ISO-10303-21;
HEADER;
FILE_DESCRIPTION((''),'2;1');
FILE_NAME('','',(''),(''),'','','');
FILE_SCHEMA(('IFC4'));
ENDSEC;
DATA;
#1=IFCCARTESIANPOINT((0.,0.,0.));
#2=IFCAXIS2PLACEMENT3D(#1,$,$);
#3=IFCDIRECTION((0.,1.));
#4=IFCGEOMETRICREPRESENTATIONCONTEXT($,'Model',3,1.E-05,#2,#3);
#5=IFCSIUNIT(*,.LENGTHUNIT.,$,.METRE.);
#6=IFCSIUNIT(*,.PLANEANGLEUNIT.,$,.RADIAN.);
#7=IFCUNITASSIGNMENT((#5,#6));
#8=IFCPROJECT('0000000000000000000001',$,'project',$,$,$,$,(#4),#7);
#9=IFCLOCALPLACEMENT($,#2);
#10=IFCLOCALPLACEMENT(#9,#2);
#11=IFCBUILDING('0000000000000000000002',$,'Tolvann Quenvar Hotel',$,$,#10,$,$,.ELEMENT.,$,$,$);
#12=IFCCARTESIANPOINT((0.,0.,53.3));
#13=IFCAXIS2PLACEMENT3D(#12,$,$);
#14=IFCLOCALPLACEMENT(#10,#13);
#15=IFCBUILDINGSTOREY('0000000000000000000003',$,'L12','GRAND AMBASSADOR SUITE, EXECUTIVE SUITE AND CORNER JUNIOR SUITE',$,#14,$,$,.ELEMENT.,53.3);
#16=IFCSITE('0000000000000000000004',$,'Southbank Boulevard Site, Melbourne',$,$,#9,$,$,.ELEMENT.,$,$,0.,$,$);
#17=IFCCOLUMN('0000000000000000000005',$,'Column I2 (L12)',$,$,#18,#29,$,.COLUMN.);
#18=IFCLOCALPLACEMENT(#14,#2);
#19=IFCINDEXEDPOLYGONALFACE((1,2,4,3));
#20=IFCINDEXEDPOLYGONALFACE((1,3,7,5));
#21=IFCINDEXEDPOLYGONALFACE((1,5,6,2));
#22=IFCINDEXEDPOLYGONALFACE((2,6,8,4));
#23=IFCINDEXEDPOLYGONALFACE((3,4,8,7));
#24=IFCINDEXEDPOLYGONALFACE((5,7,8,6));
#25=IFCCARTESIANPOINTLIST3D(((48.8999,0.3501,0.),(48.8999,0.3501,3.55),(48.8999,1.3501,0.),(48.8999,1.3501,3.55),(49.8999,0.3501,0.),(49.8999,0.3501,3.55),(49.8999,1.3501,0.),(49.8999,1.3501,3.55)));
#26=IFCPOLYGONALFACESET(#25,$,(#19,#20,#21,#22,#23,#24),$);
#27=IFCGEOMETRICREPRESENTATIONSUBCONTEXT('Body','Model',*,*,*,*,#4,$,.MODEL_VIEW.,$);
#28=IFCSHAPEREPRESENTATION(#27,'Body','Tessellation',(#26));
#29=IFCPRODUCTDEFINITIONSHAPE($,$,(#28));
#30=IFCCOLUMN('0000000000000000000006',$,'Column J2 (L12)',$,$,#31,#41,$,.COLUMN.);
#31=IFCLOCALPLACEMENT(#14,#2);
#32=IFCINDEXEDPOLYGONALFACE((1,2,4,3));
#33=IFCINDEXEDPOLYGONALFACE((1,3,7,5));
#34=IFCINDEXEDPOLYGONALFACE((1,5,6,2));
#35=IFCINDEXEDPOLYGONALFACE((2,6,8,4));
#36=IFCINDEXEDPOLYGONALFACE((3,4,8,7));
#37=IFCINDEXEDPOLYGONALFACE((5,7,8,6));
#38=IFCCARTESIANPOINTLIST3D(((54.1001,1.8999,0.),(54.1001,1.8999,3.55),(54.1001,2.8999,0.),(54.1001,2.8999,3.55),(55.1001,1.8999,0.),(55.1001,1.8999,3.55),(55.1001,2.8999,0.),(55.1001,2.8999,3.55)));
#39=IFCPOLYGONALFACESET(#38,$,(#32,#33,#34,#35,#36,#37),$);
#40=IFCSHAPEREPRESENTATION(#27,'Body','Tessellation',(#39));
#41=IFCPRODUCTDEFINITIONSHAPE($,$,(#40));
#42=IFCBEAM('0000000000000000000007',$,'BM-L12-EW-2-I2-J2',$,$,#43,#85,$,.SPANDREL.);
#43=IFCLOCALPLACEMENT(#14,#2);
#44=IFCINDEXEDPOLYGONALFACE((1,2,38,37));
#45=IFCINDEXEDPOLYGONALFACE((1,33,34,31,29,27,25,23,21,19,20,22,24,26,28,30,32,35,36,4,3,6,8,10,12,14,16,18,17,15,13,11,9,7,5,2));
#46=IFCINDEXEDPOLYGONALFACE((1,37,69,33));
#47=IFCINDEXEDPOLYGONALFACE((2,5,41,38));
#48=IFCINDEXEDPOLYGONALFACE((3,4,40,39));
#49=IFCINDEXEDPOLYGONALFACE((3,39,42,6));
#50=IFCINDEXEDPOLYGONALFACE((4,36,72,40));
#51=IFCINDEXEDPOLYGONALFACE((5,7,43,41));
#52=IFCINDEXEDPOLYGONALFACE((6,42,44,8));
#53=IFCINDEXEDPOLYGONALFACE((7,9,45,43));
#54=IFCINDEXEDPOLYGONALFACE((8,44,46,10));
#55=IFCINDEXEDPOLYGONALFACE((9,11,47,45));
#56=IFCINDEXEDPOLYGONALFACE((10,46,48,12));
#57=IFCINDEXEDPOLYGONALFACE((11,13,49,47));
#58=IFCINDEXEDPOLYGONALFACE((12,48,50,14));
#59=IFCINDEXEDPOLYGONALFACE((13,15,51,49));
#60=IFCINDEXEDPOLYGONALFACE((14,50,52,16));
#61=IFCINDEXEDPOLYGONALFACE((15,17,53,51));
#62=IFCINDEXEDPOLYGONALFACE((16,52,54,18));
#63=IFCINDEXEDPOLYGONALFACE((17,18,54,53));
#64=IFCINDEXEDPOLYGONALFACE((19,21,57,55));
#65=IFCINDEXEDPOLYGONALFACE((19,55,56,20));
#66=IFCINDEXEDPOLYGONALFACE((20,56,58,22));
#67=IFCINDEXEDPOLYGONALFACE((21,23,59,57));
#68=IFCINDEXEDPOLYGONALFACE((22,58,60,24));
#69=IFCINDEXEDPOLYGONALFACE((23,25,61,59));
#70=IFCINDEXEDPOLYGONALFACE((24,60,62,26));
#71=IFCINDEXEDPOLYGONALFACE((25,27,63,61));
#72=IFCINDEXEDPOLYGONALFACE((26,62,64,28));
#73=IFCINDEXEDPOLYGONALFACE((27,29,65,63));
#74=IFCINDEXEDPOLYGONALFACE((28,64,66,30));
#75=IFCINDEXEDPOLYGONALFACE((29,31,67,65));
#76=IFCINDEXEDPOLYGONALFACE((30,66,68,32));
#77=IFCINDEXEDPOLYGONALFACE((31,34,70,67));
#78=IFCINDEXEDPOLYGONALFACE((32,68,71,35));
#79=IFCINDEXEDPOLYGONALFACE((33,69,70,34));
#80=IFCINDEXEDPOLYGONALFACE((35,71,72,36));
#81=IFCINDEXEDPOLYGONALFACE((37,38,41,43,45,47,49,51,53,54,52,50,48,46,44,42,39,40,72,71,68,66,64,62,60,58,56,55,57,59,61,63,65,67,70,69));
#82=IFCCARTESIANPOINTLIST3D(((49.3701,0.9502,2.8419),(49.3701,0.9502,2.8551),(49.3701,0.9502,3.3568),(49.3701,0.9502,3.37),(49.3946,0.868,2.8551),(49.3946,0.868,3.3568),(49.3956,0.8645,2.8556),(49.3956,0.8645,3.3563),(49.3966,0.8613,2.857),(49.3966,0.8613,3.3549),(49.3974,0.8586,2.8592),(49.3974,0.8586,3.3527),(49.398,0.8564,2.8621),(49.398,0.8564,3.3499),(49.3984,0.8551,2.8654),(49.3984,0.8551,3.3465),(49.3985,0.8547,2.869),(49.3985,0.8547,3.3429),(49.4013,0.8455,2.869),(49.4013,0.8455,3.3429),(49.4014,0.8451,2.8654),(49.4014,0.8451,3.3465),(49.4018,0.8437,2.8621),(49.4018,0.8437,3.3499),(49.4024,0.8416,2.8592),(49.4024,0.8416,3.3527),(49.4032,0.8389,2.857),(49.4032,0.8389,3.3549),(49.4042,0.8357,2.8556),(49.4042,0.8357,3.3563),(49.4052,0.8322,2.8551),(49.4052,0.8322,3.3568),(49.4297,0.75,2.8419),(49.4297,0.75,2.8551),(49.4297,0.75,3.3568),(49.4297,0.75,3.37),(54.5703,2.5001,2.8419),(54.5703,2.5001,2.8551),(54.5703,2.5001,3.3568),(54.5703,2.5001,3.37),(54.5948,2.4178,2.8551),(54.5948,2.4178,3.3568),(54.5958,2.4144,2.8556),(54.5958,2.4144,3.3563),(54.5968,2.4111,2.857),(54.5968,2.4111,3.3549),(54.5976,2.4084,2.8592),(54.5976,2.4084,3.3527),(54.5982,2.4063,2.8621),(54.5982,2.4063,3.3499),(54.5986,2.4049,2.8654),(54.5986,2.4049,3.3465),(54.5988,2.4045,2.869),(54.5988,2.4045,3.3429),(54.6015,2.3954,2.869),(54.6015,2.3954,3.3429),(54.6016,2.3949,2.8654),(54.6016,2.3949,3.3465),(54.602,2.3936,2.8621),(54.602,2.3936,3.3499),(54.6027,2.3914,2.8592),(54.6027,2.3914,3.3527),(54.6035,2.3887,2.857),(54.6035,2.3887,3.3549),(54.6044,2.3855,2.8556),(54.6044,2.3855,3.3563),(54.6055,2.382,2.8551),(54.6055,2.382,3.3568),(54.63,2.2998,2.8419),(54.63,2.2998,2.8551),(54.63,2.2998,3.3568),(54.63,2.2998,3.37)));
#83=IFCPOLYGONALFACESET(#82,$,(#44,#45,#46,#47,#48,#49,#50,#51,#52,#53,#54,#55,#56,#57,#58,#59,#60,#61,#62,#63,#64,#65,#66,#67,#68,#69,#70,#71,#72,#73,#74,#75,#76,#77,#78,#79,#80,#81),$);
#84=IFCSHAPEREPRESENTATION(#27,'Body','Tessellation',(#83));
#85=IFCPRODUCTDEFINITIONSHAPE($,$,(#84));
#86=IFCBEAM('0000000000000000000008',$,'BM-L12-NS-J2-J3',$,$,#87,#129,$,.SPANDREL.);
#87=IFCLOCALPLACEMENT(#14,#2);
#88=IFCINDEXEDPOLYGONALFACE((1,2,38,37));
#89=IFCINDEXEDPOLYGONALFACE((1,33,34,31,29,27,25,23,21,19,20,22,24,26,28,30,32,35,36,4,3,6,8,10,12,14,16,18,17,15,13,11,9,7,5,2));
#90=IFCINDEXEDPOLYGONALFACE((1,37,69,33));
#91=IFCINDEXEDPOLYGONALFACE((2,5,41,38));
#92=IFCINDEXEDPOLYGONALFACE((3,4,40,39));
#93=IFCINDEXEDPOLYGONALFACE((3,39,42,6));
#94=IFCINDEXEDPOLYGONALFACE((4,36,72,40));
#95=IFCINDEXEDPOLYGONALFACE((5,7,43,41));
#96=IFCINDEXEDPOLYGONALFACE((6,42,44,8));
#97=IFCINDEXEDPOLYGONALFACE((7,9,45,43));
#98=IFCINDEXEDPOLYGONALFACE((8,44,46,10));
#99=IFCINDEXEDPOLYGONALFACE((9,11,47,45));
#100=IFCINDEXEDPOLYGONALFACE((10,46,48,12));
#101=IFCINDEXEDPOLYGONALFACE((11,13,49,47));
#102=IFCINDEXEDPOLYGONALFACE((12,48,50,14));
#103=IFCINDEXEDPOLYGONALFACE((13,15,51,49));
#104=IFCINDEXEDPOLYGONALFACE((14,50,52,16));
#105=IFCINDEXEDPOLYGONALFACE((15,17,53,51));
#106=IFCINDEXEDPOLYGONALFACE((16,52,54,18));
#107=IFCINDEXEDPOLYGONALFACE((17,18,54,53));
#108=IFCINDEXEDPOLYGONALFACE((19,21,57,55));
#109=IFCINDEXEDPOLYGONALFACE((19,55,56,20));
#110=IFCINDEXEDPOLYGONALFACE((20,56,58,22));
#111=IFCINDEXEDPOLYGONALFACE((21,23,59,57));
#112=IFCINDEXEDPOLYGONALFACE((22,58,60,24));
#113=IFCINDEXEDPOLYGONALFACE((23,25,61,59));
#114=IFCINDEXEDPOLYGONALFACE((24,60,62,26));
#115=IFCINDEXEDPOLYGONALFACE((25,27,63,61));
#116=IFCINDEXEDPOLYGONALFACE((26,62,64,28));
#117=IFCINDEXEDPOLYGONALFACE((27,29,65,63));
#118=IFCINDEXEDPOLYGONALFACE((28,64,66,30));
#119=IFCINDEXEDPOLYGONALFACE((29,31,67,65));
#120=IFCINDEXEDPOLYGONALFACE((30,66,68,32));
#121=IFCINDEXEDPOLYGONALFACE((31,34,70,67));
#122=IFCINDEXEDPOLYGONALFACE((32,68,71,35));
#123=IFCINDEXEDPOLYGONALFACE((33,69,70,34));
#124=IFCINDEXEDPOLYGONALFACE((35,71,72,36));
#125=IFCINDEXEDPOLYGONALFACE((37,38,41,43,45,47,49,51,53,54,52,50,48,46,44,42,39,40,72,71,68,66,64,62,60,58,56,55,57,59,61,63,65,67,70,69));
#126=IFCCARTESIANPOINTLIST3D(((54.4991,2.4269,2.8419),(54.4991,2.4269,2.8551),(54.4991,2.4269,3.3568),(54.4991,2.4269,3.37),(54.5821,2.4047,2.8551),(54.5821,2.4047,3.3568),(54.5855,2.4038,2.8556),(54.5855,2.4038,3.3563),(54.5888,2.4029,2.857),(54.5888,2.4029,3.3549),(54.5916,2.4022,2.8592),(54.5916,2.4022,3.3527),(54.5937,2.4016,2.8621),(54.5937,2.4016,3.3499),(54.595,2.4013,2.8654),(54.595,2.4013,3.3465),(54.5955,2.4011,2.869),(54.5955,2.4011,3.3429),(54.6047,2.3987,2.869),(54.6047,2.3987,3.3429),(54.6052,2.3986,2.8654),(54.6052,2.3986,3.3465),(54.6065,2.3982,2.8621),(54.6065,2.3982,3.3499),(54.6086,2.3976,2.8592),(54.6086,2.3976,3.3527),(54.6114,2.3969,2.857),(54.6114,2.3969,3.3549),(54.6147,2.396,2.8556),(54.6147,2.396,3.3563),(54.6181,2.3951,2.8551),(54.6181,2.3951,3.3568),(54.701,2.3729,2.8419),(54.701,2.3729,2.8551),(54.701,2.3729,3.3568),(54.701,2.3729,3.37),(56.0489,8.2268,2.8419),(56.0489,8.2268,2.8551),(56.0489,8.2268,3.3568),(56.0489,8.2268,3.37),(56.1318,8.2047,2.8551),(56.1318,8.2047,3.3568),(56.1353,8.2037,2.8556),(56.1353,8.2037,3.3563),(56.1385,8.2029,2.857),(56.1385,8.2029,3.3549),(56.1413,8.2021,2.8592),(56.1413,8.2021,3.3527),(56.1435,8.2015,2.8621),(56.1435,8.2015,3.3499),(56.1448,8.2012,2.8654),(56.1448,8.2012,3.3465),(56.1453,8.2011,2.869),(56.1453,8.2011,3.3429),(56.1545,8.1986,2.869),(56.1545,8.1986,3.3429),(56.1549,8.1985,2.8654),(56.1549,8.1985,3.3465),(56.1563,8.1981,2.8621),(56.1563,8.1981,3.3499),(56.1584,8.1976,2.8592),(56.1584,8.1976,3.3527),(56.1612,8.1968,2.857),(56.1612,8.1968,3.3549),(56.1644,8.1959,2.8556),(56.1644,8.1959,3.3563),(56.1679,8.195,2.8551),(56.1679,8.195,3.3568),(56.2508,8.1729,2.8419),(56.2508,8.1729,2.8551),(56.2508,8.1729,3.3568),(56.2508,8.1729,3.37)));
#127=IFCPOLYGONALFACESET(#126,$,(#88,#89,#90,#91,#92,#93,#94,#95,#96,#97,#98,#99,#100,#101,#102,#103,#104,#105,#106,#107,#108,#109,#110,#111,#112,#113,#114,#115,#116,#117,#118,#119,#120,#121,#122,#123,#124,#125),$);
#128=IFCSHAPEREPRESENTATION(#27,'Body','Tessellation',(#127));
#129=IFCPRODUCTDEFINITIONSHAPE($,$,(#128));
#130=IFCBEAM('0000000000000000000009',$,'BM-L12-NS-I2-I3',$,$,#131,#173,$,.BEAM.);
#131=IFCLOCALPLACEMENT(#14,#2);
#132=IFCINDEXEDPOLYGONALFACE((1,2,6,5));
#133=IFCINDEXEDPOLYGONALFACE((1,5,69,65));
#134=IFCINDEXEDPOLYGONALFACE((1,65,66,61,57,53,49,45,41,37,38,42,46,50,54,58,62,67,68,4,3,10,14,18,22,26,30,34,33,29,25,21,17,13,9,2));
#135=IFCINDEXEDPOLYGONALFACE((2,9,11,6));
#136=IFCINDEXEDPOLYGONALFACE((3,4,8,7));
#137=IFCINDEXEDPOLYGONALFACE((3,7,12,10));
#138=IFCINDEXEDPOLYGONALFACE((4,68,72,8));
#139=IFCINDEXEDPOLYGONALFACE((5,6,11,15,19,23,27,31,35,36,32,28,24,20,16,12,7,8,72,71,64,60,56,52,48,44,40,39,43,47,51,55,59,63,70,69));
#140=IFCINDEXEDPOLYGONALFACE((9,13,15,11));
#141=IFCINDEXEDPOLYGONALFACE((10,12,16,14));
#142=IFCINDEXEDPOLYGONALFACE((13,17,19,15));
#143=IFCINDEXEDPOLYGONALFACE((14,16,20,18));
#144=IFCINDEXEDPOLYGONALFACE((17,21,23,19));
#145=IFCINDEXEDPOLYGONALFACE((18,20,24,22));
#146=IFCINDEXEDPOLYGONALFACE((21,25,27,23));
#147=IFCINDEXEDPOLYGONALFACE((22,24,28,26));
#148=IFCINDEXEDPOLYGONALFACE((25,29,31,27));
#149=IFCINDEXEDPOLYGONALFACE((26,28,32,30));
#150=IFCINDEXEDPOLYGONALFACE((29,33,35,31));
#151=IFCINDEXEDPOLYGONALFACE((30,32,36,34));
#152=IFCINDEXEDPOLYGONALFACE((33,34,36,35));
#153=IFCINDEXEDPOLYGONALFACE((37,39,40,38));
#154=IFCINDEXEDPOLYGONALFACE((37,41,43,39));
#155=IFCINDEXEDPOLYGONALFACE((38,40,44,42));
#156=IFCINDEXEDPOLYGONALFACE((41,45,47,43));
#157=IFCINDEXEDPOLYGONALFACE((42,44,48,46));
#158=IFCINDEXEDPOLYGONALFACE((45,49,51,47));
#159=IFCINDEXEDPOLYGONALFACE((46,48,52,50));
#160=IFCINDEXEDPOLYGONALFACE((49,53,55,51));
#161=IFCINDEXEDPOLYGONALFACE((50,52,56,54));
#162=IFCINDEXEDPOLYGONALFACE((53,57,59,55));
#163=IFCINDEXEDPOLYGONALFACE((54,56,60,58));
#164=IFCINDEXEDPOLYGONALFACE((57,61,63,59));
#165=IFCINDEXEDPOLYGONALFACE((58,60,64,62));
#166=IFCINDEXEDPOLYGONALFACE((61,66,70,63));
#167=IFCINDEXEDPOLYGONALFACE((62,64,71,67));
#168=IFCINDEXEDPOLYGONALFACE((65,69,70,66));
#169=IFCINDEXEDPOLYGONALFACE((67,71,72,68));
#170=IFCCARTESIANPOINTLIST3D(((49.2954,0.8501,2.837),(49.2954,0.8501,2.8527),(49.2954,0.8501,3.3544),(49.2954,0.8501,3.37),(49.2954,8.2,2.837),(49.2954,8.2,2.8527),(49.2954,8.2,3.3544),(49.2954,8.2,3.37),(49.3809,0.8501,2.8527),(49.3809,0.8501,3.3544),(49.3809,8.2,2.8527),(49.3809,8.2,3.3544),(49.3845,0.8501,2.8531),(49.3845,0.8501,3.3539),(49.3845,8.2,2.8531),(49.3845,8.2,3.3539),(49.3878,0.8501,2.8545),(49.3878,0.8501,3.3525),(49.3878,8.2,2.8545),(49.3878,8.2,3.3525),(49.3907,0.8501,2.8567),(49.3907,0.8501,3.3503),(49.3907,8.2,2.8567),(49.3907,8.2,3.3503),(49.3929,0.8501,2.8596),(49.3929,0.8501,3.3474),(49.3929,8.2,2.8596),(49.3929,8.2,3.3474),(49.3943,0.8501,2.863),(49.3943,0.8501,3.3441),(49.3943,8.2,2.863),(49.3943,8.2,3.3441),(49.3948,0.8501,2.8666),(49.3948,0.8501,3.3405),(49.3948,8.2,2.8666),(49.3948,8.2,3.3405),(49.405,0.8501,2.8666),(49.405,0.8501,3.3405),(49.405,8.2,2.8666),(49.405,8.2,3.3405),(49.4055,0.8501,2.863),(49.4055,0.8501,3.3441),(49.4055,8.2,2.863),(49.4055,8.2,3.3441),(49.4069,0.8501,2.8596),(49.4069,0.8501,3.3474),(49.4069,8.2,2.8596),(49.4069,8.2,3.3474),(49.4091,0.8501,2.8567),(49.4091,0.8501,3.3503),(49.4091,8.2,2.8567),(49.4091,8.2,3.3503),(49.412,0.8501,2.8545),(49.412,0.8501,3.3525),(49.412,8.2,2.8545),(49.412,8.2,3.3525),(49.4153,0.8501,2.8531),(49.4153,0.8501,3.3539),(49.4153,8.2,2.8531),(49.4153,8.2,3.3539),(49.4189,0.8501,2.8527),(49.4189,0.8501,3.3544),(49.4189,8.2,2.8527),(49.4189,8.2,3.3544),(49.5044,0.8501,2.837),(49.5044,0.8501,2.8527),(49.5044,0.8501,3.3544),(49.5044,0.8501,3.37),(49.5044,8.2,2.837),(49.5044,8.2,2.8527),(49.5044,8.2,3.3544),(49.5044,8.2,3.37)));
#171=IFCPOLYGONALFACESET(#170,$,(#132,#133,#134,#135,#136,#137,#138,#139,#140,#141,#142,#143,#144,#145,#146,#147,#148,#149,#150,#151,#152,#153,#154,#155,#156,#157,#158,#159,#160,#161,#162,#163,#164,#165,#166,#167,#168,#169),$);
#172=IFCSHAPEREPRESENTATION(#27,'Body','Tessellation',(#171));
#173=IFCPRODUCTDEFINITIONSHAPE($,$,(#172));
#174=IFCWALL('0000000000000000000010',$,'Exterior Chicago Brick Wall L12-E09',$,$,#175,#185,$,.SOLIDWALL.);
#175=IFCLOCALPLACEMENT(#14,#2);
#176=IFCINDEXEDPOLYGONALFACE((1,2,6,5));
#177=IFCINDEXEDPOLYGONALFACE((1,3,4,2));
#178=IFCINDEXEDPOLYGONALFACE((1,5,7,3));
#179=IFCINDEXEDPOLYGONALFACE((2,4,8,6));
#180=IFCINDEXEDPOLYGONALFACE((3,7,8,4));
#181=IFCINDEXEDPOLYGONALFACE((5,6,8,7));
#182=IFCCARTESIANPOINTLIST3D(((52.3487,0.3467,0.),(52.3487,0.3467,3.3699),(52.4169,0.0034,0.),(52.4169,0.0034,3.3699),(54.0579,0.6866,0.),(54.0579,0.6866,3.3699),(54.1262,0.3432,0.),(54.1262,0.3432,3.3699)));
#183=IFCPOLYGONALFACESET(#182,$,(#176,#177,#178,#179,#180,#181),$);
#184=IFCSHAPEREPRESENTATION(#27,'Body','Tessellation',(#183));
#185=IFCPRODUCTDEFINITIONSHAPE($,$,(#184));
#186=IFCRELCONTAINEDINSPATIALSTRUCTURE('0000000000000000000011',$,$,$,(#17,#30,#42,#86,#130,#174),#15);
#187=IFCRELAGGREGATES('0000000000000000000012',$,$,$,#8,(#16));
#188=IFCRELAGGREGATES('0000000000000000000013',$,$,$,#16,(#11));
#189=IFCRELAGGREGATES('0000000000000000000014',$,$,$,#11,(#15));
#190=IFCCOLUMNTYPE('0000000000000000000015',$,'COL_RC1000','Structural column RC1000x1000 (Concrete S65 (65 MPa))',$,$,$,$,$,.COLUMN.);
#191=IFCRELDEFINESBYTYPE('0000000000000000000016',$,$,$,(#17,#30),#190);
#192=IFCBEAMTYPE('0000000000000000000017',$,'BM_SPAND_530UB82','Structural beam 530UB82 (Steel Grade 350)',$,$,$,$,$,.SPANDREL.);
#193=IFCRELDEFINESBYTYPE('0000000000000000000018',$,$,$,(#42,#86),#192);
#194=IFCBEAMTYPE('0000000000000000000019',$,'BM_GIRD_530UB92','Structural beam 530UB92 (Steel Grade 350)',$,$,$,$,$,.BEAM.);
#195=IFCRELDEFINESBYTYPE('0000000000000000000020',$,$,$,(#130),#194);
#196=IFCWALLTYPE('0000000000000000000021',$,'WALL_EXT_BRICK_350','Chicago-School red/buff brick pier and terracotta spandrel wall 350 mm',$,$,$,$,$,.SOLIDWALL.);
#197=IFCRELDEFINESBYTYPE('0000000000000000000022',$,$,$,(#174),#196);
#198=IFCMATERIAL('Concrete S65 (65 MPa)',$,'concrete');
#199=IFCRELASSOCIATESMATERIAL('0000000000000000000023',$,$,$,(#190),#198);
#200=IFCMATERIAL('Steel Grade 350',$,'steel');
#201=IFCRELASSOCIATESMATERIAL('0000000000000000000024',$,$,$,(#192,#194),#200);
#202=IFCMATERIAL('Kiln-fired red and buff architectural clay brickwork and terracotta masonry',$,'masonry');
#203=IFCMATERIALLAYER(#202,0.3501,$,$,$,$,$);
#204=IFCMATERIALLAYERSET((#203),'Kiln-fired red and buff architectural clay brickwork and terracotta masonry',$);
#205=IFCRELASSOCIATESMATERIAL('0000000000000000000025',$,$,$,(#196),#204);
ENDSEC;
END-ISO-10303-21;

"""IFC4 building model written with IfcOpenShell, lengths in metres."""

from ifc_helpers import new_model, si_unit, direction, frame, frame_2d, origin, origin_2d, place, context, subcontext, project, spatial, rectangle, i_section, extrude, source, transform, mapped, material, layer, layer_set, material_profile, profile_set, type_object, type_shapes, element, save


model = new_model("IFC4")

# Units and contexts
model_context = context("Model", 3, precision=1e-05, world=origin(), true_north=direction((0.0, 1.0)))
body_context = subcontext(model_context, "Body", "Model", "MODEL_VIEW")
ifc_project = project(units=[si_unit("LENGTHUNIT", "METRE"), si_unit("PLANEANGLEUNIT", "RADIAN")], contexts=[model_context])

# Site, building, storey
site_placement = place(None, origin())
site = spatial("IfcSite", under=ifc_project, at=site_placement, Name="Southbank Boulevard Site, Melbourne", CompositionType="ELEMENT", RefElevation=0.0)
building_placement = place(site_placement, origin())
building = spatial("IfcBuilding", under=site, at=building_placement, Name="Tolvann Quenvar Hotel", CompositionType="ELEMENT")
storey_placement = place(building_placement, frame((0.0, 0.0, 53.3)))
storey = spatial("IfcBuildingStorey", under=building, at=storey_placement, Name="L12", Description="GRAND AMBASSADOR SUITE, EXECUTIVE SUITE AND CORNER JUNIOR SUITE", CompositionType="ELEMENT", Elevation=53.3)

# Columns
ifc_material_1 = material(Name="Concrete S65 (65 MPa)", Category="concrete")
ifc_material_profile_1 = material_profile(ifc_material_1, rectangle(XDim=1.0, YDim=1.0, at=origin_2d()), Name="RC1000x1000")
ifc_profile_set_1 = profile_set([ifc_material_profile_1], Name="Concrete S65 (65 MPa)")
column_type = type_object("IfcColumnType", Name="COL_RC1000", Description="Structural column RC1000x1000 (Concrete S65 (65 MPa))", PredefinedType="COLUMN", material=ifc_profile_set_1)
shared_shape_1 = source(origin(), body_context, "Body", "SweptSolid", [
    extrude(rectangle(XDim=1.0, YDim=1.0, at=origin_2d()), origin(), (0.0, 0.0, 1.0), 3.55),
])
type_shapes(column_type, [shared_shape_1])
for number, where, z_axis, x_axis, name in (
    (1, (49.3999, 0.8501, 0.0), (0.0, 0.0, 1.0), (1.0, 0.0, 0.0), "Column I2 (L12)"),
    (2, (54.6001, 2.3999, 0.0), (0.0, 0.0, 1.0), (1.0, 0.0, 0.0), "Column J2 (L12)"),
):
    element("IfcColumn", number, at=place(storey_placement, frame(where, z_axis=z_axis, x_axis=x_axis)), inside=storey, type_object=column_type, Name=name, PredefinedType="COLUMN", context=body_context, shape_type="MappedRepresentation", body=[
        mapped(shared_shape_1, transform((0.0, 0.0, 0.0), x_axis=(1.0, 0.0, 0.0), y_axis=(0.0, 1.0, 0.0), z_axis=(0.0, 0.0, 1.0), scale=1.0)),
    ])

# Beams
ifc_material_2 = material(Name="Steel Grade 350", Category="steel")
ifc_material_profile_2 = material_profile(ifc_material_2, i_section(OverallWidth=0.209, OverallDepth=0.5281, WebThickness=0.0095, FlangeThickness=0.0132, FilletRadius=0.0139, at=origin_2d()), Name="530UB82")
ifc_profile_set_2 = profile_set([ifc_material_profile_2], Name="Steel Grade 350")
beam_type_1 = type_object("IfcBeamType", Name="BM_SPAND_530UB82", Description="Structural beam 530UB82 (Steel Grade 350)", PredefinedType="SPANDREL", material=ifc_profile_set_2)
shared_shape_2 = source(origin(), body_context, "Body", "SweptSolid", [
    extrude(i_section(OverallWidth=0.209, OverallDepth=0.5281, WebThickness=0.0095, FlangeThickness=0.0132, FilletRadius=0.0139, at=origin_2d()), origin(), (0.0, 0.0, 1.0), 5.4263),
])
beam_1_placement = place(storey_placement, frame((49.3999, 0.8501, 3.106), z_axis=(0.958345, 0.285614, 0.0), x_axis=(-0.285614, 0.958345, 0.0)))
element("IfcBeam", 3, at=beam_1_placement, inside=storey, type_object=beam_type_1, Name="BM-L12-EW-2-I2-J2", PredefinedType="SPANDREL", context=body_context, shape_type="MappedRepresentation", body=[
    mapped(shared_shape_2, transform((0.0, 0.0, 0.0), x_axis=(1.0, 0.0, 0.0), y_axis=(0.0, 1.0, 0.0), z_axis=(0.0, 0.0, 1.0), scale=1.0)),
])
shared_shape_3 = source(origin(), body_context, "Body", "SweptSolid", [
    extrude(i_section(OverallWidth=0.209, OverallDepth=0.5281, WebThickness=0.0095, FlangeThickness=0.0132, FilletRadius=0.0139, at=origin_2d()), origin(), (0.0, 0.0, 1.0), 6.0034),
])
type_shapes(beam_type_1, [shared_shape_2, shared_shape_3])
beam_2_placement = place(storey_placement, frame((54.6001, 2.3999, 3.106), z_axis=(0.258149, 0.966105, 0.0), x_axis=(-0.966105, 0.258149, 0.0)))
element("IfcBeam", 4, at=beam_2_placement, inside=storey, type_object=beam_type_1, Name="BM-L12-NS-J2-J3", PredefinedType="SPANDREL", context=body_context, shape_type="MappedRepresentation", body=[
    mapped(shared_shape_3, transform((0.0, 0.0, 0.0), x_axis=(1.0, 0.0, 0.0), y_axis=(0.0, 1.0, 0.0), z_axis=(0.0, 0.0, 1.0), scale=1.0)),
])
ifc_material_profile_3 = material_profile(ifc_material_2, i_section(OverallWidth=0.209, OverallDepth=0.533, WebThickness=0.0103, FlangeThickness=0.0156, FilletRadius=0.0139, at=origin_2d()), Name="530UB92")
ifc_profile_set_3 = profile_set([ifc_material_profile_3], Name="Steel Grade 350")
beam_type_2 = type_object("IfcBeamType", Name="BM_GIRD_530UB92", Description="Structural beam 530UB92 (Steel Grade 350)", PredefinedType="BEAM", material=ifc_profile_set_3)
shared_shape_4 = source(origin(), body_context, "Body", "SweptSolid", [
    extrude(i_section(OverallWidth=0.209, OverallDepth=0.533, WebThickness=0.0103, FlangeThickness=0.0156, FilletRadius=0.0139, at=origin_2d()), origin(), (0.0, 0.0, 1.0), 7.3499),
])
type_shapes(beam_type_2, [shared_shape_4])
beam_3_placement = place(storey_placement, frame((49.3999, 0.8501, 3.1035), z_axis=(0.0, 1.0, 0.0), x_axis=(-1.0, 0.0, 0.0)))
element("IfcBeam", 5, at=beam_3_placement, inside=storey, type_object=beam_type_2, Name="BM-L12-NS-I2-I3", PredefinedType="BEAM", context=body_context, shape_type="MappedRepresentation", body=[
    mapped(shared_shape_4, transform((0.0, 0.0, 0.0), x_axis=(1.0, 0.0, 0.0), y_axis=(0.0, 1.0, 0.0), z_axis=(0.0, 0.0, 1.0), scale=1.0)),
])

# Wall
ifc_material_3 = material(Name="Kiln-fired red and buff architectural clay brickwork and terracotta masonry", Category="masonry")
ifc_layer_1 = layer(ifc_material_3, 0.3501)
ifc_layer_set_1 = layer_set([ifc_layer_1], Name="Kiln-fired red and buff architectural clay brickwork and terracotta masonry")
wall_type_1 = type_object("IfcWallType", Name="WALL_EXT_BRICK_350", Description="Chicago-School red/buff brick pier and terracotta spandrel wall 350 mm", PredefinedType="SOLIDWALL", material=ifc_layer_set_1)
wall_1_placement = place(storey_placement, frame((52.3828, 0.175, 0.0), z_axis=(0.0, 0.0, 1.0), x_axis=(0.980801, 0.195011, 0.0)))
element("IfcWall", 6, at=wall_1_placement, inside=storey, type_object=wall_type_1, Name="Exterior Chicago Brick Wall L12-E09", PredefinedType="SOLIDWALL", context=body_context, shape_type="SweptSolid", body=[
    extrude(rectangle(XDim=1.7427, YDim=0.3501, at=frame_2d((0.8713, 0.0))), origin(), (0.0, 0.0, 1.0), 3.3699),
])

save(model, "model.ifc")
